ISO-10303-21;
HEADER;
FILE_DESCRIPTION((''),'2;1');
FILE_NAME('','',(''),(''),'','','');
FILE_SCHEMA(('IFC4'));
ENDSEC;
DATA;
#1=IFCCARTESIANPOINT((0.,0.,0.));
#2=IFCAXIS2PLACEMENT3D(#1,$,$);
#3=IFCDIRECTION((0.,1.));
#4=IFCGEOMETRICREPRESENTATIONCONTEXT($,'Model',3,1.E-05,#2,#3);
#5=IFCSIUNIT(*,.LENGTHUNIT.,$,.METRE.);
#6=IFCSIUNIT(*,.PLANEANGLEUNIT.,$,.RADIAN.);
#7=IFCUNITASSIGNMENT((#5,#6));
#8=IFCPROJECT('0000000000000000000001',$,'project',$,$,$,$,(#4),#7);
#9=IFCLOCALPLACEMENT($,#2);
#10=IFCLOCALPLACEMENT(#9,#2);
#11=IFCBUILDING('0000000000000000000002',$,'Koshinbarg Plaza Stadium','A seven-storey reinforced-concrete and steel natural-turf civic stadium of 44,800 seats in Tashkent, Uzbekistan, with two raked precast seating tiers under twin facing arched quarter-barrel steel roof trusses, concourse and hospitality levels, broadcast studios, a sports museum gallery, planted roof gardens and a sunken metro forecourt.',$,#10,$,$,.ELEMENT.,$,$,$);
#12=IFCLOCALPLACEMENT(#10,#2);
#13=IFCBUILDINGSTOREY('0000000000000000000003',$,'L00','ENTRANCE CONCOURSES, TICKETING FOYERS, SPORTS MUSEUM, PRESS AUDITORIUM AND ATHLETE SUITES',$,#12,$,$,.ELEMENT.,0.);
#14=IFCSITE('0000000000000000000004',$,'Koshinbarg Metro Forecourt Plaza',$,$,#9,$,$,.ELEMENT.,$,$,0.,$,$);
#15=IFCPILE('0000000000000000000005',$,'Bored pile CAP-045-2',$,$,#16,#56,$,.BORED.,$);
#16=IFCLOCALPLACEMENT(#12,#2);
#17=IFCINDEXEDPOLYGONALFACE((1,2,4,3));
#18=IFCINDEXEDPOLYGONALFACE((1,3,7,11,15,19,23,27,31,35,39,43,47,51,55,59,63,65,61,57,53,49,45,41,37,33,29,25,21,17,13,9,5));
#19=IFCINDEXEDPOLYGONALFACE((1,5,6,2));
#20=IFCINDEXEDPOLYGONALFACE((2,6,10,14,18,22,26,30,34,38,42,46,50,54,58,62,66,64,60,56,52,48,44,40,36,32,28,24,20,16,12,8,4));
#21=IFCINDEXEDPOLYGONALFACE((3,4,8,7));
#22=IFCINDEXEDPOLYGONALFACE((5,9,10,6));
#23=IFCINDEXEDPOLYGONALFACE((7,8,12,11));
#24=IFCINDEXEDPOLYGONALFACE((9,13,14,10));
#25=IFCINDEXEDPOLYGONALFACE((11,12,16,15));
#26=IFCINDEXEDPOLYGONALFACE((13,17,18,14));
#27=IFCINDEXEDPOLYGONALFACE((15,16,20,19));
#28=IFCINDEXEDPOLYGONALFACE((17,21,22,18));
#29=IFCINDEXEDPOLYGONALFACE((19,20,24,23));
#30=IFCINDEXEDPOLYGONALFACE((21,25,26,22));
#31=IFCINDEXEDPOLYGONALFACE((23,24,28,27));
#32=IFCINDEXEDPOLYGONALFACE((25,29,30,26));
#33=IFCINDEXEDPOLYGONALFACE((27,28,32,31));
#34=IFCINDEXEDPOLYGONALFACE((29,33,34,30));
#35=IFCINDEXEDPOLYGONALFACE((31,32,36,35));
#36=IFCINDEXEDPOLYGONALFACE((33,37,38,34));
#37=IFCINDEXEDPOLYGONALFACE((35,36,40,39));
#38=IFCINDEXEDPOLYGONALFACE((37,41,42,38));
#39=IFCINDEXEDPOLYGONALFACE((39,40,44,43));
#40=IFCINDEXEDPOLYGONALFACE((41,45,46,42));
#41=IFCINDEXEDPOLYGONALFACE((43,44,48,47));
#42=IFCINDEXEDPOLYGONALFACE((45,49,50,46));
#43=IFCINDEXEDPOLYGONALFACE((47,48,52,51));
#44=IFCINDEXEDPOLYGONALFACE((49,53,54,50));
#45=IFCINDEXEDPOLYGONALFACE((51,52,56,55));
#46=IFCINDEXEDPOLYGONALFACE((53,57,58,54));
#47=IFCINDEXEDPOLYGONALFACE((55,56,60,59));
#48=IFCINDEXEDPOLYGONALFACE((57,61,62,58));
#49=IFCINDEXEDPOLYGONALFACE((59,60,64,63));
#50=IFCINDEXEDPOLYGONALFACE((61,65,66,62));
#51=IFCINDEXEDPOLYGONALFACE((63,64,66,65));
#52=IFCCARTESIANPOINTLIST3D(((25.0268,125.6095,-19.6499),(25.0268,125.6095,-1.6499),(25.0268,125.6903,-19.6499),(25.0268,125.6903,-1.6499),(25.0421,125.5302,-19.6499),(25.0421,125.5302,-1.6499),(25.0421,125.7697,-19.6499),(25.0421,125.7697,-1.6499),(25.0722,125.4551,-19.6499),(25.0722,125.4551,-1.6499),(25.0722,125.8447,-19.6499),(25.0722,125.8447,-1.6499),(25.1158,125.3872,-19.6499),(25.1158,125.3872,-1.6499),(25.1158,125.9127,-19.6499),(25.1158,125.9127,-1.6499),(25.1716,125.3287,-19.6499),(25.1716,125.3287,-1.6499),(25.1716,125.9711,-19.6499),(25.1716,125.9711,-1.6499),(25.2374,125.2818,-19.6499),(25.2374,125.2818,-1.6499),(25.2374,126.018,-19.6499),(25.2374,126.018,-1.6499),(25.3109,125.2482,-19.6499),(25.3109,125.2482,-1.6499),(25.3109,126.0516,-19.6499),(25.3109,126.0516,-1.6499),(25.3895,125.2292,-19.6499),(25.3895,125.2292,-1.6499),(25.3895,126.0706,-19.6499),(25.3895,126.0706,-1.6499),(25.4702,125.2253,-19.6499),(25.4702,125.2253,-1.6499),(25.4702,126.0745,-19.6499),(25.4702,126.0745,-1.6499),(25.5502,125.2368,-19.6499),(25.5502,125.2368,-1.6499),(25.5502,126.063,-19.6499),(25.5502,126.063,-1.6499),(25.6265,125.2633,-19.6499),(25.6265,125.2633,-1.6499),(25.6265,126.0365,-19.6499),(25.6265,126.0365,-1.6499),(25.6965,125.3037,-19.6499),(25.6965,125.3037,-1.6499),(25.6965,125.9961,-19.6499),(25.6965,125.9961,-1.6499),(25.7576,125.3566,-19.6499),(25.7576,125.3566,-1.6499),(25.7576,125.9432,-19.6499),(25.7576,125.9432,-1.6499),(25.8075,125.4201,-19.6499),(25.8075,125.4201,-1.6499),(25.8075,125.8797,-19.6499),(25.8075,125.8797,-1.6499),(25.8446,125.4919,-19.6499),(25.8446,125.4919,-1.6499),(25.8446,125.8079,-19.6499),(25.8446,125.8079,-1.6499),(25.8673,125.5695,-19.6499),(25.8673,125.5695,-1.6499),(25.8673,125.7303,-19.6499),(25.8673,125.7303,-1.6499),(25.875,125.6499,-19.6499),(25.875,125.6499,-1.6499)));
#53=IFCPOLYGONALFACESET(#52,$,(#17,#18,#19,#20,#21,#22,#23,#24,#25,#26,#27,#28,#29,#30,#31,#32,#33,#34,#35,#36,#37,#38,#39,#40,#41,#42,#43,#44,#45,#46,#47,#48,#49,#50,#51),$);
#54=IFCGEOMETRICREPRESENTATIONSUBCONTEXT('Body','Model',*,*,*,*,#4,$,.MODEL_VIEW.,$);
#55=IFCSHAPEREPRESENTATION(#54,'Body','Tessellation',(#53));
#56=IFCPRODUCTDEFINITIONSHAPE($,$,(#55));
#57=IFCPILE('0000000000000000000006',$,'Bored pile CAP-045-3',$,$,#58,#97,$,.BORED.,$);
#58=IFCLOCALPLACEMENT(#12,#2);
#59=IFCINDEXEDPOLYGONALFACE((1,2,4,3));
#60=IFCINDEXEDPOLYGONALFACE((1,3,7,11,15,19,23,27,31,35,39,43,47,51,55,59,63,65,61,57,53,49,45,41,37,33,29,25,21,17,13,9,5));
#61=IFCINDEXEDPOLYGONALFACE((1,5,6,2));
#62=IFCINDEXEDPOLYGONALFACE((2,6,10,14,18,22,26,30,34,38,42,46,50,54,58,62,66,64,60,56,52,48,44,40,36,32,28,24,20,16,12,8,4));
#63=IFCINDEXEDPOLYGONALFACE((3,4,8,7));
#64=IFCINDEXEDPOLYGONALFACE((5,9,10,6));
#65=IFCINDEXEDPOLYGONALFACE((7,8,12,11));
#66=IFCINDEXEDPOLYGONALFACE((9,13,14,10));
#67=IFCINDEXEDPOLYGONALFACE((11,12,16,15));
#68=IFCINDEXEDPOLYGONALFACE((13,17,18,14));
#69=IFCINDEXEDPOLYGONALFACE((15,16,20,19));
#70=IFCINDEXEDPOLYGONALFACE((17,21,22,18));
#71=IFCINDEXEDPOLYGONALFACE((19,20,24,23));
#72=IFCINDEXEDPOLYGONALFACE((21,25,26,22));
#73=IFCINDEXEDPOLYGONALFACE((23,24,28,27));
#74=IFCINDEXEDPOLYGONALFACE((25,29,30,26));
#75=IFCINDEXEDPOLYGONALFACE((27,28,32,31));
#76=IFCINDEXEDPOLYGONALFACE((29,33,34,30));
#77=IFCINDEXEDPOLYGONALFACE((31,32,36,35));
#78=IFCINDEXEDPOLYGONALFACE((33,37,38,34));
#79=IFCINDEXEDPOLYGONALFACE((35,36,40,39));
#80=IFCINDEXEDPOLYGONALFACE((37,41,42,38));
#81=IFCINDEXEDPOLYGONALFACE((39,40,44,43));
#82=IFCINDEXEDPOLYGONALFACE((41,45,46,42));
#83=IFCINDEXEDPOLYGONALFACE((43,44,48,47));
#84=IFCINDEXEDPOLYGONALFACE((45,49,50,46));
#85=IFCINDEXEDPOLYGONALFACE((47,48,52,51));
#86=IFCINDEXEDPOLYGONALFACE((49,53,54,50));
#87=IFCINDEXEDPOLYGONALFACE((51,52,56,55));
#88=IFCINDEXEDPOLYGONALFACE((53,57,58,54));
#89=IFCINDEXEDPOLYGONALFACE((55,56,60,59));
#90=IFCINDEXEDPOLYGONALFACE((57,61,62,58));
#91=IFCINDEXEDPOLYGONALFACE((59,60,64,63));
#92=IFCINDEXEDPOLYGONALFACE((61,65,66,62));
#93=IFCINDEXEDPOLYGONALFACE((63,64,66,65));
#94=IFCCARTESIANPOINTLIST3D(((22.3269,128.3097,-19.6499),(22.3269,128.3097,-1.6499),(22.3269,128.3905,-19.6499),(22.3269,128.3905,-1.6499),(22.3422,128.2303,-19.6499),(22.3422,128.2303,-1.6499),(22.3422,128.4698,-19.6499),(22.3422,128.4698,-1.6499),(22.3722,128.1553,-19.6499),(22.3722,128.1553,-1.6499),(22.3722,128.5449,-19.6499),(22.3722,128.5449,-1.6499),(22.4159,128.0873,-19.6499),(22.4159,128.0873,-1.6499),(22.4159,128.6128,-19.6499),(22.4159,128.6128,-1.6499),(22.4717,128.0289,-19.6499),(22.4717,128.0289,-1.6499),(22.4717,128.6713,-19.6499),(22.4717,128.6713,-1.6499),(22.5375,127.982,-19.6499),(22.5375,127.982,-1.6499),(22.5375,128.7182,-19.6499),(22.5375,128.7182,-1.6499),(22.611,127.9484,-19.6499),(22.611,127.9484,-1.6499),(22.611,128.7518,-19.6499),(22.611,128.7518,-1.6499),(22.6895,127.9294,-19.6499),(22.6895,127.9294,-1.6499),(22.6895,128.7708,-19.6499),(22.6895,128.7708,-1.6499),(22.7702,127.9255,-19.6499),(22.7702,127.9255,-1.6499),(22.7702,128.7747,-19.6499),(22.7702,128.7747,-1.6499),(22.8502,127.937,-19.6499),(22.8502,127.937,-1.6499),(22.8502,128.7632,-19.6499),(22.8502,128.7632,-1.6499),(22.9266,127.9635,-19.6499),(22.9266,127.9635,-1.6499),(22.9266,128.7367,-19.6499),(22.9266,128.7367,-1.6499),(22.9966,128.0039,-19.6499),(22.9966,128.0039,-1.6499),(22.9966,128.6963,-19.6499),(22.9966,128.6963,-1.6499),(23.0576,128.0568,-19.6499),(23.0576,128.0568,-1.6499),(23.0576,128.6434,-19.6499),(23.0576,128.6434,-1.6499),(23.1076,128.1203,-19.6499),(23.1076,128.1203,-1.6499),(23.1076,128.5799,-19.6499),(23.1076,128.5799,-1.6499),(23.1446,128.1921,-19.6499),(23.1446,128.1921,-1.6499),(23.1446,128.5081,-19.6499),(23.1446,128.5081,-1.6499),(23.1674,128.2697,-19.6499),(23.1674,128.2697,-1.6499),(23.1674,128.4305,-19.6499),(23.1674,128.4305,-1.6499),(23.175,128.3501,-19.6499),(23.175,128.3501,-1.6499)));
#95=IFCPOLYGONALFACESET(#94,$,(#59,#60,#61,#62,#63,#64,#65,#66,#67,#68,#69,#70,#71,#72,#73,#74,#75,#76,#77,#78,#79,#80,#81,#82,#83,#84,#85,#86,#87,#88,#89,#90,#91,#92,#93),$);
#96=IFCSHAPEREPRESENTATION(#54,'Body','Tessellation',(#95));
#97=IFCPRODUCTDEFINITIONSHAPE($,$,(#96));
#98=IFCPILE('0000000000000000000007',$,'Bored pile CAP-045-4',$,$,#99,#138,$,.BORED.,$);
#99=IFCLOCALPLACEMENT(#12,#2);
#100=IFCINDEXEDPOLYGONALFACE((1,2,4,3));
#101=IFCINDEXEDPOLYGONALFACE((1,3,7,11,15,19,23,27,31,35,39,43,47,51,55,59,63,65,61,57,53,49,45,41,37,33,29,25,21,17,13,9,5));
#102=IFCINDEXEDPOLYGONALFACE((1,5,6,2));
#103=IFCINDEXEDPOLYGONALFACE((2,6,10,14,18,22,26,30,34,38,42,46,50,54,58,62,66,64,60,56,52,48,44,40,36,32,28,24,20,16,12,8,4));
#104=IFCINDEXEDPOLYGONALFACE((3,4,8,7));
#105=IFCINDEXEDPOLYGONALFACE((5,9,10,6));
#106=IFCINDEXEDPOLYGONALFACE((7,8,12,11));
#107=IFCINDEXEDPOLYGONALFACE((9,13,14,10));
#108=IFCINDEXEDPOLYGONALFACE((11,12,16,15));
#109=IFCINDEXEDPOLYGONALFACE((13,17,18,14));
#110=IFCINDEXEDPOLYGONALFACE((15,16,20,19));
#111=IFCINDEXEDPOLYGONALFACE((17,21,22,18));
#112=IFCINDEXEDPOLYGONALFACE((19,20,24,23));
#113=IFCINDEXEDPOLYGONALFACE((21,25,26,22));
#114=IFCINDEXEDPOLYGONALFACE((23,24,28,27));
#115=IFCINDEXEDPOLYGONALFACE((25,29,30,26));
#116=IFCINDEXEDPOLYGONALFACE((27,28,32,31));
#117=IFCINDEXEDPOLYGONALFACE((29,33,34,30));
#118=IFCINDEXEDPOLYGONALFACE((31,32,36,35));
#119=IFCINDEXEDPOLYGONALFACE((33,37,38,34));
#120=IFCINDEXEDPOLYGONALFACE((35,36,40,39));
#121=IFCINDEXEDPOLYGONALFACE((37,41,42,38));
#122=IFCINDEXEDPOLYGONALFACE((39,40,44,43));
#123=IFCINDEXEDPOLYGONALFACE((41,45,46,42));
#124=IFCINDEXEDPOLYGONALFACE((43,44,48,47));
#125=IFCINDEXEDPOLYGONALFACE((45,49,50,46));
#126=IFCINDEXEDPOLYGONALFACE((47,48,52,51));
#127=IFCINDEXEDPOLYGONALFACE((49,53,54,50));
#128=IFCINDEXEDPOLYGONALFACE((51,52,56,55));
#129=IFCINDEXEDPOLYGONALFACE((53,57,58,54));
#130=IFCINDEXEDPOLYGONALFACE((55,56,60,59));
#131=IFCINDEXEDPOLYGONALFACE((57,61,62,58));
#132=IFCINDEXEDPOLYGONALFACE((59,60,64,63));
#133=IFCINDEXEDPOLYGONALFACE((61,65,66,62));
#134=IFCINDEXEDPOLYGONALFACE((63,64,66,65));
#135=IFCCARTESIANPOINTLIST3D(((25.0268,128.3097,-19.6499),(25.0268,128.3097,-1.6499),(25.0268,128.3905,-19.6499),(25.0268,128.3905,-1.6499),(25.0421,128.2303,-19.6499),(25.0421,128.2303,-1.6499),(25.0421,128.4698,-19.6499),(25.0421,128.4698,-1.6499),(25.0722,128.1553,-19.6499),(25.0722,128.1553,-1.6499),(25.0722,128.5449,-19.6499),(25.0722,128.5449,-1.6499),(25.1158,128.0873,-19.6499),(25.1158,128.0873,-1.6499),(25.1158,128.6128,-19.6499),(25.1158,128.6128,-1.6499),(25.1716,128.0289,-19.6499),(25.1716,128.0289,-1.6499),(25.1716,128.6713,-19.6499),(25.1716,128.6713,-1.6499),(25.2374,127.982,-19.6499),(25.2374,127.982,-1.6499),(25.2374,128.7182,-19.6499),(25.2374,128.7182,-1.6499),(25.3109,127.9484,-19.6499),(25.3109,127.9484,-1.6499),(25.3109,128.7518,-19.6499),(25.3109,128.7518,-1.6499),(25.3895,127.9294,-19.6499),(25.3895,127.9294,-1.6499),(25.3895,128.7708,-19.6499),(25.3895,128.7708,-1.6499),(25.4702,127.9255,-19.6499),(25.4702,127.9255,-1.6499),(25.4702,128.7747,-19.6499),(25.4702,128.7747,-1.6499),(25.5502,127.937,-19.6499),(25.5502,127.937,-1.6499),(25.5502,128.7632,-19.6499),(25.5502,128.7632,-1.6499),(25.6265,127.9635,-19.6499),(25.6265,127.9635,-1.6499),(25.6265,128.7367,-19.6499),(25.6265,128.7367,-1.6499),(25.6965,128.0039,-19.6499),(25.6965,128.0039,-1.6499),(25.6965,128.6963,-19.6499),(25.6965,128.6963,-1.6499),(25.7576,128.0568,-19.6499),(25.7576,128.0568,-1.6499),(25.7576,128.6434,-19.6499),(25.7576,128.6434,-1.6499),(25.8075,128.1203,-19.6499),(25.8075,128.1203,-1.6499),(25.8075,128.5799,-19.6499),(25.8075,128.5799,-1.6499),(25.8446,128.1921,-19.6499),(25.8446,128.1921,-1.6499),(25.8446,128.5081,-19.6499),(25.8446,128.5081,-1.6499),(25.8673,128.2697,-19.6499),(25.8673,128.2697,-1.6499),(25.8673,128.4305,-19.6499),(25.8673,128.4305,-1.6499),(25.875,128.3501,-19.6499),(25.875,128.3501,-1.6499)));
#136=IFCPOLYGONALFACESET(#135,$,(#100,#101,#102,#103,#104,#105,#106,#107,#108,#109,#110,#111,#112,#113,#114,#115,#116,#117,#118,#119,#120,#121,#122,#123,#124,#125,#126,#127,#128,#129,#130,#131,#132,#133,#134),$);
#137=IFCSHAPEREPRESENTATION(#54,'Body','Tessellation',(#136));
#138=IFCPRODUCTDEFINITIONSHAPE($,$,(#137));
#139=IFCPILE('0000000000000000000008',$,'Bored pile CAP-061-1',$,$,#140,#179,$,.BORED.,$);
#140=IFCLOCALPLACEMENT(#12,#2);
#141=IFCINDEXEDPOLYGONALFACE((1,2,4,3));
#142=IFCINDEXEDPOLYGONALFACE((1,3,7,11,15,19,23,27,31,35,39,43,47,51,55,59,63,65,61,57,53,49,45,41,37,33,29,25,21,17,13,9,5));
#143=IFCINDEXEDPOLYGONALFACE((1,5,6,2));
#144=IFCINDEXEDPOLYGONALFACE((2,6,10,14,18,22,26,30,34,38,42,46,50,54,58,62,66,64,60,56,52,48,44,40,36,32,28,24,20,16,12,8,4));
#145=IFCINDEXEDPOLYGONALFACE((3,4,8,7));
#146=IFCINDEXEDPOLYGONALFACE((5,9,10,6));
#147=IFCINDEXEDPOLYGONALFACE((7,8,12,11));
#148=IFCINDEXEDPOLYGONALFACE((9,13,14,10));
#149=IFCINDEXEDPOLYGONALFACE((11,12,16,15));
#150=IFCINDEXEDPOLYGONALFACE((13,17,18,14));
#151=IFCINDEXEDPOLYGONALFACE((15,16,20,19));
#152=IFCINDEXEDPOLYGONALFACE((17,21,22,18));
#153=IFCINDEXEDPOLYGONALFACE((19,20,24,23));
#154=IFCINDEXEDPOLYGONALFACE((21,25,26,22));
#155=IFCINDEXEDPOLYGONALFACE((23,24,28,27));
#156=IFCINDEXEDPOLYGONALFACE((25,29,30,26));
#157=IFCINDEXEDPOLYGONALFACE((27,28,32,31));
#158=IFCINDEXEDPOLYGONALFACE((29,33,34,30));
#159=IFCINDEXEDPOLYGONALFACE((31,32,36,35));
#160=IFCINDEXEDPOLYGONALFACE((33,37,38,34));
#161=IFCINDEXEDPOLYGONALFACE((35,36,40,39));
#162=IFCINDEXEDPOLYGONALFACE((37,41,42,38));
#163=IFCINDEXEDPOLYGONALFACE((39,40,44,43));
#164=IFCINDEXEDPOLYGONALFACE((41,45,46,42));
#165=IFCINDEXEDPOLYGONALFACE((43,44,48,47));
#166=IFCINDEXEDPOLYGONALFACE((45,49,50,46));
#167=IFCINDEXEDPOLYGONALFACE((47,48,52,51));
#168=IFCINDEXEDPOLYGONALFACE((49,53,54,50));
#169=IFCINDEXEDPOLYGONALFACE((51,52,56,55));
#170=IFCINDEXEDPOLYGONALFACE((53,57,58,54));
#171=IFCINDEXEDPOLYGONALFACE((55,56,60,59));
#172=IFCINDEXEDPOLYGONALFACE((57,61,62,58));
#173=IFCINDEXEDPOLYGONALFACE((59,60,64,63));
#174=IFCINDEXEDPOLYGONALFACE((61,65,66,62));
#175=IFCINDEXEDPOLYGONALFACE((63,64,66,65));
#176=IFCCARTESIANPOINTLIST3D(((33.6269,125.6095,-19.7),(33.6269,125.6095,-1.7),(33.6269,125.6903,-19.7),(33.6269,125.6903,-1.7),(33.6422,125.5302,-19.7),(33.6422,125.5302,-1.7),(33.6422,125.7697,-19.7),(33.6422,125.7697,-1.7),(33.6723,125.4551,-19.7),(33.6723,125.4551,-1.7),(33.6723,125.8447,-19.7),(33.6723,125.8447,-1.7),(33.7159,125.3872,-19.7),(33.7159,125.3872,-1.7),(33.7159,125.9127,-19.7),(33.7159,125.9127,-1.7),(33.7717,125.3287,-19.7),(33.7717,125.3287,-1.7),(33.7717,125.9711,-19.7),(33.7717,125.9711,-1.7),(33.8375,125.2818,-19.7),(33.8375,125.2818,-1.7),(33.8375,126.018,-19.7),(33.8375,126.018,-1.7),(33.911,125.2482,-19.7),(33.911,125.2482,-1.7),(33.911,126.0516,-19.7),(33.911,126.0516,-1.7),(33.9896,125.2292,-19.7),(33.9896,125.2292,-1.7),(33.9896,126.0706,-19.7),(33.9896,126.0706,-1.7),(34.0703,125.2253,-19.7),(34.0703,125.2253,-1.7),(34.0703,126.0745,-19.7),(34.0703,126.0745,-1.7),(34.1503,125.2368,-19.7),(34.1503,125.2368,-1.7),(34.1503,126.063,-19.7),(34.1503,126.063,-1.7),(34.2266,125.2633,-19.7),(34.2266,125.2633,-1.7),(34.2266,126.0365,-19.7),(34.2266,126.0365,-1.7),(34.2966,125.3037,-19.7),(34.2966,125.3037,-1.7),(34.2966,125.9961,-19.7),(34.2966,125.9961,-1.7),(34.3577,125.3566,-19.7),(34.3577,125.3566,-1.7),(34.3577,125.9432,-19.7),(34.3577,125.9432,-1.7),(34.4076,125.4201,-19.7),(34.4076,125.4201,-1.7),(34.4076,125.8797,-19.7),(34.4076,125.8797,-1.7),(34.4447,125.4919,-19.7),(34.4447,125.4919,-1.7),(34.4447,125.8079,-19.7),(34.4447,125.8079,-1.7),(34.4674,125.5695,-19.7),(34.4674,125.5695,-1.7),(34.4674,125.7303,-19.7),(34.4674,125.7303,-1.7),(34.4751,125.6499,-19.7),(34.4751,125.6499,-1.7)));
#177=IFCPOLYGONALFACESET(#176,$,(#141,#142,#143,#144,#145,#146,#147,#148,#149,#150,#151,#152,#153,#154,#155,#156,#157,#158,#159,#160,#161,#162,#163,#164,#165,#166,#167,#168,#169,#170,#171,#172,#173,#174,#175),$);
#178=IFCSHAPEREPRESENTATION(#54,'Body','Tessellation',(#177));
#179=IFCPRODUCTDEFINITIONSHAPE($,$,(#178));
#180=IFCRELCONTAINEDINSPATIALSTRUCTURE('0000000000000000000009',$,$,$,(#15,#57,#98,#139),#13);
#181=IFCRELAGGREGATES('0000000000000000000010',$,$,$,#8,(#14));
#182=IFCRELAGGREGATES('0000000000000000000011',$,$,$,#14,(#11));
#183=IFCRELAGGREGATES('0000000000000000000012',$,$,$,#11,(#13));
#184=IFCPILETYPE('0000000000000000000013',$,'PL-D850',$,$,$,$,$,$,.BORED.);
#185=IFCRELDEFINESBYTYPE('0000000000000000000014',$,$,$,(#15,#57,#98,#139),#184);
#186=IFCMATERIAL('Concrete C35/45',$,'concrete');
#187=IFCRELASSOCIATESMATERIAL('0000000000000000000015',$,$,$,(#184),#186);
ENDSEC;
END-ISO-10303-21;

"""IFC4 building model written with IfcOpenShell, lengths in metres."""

from ifc_helpers import new_model, si_unit, direction, frame, origin, origin_2d, place, context, subcontext, project, spatial, circle, extrude, material, material_profile, profile_set, type_object, element, save


model = new_model("IFC4")

# Units and contexts
model_context = context("Model", 3, precision=1e-05, world=origin(), true_north=direction((0.0, 1.0)))
body_context = subcontext(model_context, "Body", "Model", "MODEL_VIEW")
ifc_project = project(units=[si_unit("LENGTHUNIT", "METRE"), si_unit("PLANEANGLEUNIT", "RADIAN")], contexts=[model_context])

# Site, building, storey
site_placement = place(None, origin())
site = spatial("IfcSite", under=ifc_project, at=site_placement, Name="Koshinbarg Metro Forecourt Plaza", CompositionType="ELEMENT", RefElevation=0.0)
building_placement = place(site_placement, origin())
building = spatial("IfcBuilding", under=site, at=building_placement, Name="Koshinbarg Plaza Stadium", Description="A seven-storey reinforced-concrete and steel natural-turf civic stadium of 44,800 seats in Tashkent, Uzbekistan, with two raked precast seating tiers under twin facing arched quarter-barrel steel roof trusses, concourse and hospitality levels, broadcast studios, a sports museum gallery, planted roof gardens and a sunken metro forecourt.", CompositionType="ELEMENT")
storey_placement = place(building_placement, origin())
storey = spatial("IfcBuildingStorey", under=building, at=storey_placement, Name="L00", Description="ENTRANCE CONCOURSES, TICKETING FOYERS, SPORTS MUSEUM, PRESS AUDITORIUM AND ATHLETE SUITES", CompositionType="ELEMENT", Elevation=0.0)

# Shared definitions
ifc_material_1 = material(Name="Concrete C35/45", Category="concrete")

# Piles
ifc_material_profile_1 = material_profile(ifc_material_1, circle(Radius=0.425, at=origin_2d()), Name="PILE D850")
ifc_profile_set_1 = profile_set([ifc_material_profile_1], Name="Concrete C35/45")
pile_type_1 = type_object("IfcPileType", Name="PL-D850", PredefinedType="BORED", material=ifc_profile_set_1)
for number, where, z_axis, x_axis, name in (
    (1, (25.45, 125.6499, -1.6499), (0.0, 0.0, -1.0), (1.0, 0.0, 0.0), "Bored pile CAP-045-2"),
    (2, (22.75, 128.3501, -1.6499), (0.0, 0.0, -1.0), (1.0, 0.0, 0.0), "Bored pile CAP-045-3"),
    (3, (25.45, 128.3501, -1.6499), (0.0, 0.0, -1.0), (1.0, 0.0, 0.0), "Bored pile CAP-045-4"),
    (4, (34.05, 125.6499, -1.7), (0.0, 0.0, -1.0), (1.0, 0.0, 0.0), "Bored pile CAP-061-1"),
):
    element("IfcPile", number, at=place(storey_placement, frame(where, z_axis=z_axis, x_axis=x_axis)), inside=storey, type_object=pile_type_1, Name=name, PredefinedType="BORED", context=body_context, shape_type="SweptSolid", body=[
        extrude(circle(Radius=0.425, at=origin_2d()), origin(), (0.0, 0.0, 1.0), 18.0),
    ])

save(model, "model.ifc")
